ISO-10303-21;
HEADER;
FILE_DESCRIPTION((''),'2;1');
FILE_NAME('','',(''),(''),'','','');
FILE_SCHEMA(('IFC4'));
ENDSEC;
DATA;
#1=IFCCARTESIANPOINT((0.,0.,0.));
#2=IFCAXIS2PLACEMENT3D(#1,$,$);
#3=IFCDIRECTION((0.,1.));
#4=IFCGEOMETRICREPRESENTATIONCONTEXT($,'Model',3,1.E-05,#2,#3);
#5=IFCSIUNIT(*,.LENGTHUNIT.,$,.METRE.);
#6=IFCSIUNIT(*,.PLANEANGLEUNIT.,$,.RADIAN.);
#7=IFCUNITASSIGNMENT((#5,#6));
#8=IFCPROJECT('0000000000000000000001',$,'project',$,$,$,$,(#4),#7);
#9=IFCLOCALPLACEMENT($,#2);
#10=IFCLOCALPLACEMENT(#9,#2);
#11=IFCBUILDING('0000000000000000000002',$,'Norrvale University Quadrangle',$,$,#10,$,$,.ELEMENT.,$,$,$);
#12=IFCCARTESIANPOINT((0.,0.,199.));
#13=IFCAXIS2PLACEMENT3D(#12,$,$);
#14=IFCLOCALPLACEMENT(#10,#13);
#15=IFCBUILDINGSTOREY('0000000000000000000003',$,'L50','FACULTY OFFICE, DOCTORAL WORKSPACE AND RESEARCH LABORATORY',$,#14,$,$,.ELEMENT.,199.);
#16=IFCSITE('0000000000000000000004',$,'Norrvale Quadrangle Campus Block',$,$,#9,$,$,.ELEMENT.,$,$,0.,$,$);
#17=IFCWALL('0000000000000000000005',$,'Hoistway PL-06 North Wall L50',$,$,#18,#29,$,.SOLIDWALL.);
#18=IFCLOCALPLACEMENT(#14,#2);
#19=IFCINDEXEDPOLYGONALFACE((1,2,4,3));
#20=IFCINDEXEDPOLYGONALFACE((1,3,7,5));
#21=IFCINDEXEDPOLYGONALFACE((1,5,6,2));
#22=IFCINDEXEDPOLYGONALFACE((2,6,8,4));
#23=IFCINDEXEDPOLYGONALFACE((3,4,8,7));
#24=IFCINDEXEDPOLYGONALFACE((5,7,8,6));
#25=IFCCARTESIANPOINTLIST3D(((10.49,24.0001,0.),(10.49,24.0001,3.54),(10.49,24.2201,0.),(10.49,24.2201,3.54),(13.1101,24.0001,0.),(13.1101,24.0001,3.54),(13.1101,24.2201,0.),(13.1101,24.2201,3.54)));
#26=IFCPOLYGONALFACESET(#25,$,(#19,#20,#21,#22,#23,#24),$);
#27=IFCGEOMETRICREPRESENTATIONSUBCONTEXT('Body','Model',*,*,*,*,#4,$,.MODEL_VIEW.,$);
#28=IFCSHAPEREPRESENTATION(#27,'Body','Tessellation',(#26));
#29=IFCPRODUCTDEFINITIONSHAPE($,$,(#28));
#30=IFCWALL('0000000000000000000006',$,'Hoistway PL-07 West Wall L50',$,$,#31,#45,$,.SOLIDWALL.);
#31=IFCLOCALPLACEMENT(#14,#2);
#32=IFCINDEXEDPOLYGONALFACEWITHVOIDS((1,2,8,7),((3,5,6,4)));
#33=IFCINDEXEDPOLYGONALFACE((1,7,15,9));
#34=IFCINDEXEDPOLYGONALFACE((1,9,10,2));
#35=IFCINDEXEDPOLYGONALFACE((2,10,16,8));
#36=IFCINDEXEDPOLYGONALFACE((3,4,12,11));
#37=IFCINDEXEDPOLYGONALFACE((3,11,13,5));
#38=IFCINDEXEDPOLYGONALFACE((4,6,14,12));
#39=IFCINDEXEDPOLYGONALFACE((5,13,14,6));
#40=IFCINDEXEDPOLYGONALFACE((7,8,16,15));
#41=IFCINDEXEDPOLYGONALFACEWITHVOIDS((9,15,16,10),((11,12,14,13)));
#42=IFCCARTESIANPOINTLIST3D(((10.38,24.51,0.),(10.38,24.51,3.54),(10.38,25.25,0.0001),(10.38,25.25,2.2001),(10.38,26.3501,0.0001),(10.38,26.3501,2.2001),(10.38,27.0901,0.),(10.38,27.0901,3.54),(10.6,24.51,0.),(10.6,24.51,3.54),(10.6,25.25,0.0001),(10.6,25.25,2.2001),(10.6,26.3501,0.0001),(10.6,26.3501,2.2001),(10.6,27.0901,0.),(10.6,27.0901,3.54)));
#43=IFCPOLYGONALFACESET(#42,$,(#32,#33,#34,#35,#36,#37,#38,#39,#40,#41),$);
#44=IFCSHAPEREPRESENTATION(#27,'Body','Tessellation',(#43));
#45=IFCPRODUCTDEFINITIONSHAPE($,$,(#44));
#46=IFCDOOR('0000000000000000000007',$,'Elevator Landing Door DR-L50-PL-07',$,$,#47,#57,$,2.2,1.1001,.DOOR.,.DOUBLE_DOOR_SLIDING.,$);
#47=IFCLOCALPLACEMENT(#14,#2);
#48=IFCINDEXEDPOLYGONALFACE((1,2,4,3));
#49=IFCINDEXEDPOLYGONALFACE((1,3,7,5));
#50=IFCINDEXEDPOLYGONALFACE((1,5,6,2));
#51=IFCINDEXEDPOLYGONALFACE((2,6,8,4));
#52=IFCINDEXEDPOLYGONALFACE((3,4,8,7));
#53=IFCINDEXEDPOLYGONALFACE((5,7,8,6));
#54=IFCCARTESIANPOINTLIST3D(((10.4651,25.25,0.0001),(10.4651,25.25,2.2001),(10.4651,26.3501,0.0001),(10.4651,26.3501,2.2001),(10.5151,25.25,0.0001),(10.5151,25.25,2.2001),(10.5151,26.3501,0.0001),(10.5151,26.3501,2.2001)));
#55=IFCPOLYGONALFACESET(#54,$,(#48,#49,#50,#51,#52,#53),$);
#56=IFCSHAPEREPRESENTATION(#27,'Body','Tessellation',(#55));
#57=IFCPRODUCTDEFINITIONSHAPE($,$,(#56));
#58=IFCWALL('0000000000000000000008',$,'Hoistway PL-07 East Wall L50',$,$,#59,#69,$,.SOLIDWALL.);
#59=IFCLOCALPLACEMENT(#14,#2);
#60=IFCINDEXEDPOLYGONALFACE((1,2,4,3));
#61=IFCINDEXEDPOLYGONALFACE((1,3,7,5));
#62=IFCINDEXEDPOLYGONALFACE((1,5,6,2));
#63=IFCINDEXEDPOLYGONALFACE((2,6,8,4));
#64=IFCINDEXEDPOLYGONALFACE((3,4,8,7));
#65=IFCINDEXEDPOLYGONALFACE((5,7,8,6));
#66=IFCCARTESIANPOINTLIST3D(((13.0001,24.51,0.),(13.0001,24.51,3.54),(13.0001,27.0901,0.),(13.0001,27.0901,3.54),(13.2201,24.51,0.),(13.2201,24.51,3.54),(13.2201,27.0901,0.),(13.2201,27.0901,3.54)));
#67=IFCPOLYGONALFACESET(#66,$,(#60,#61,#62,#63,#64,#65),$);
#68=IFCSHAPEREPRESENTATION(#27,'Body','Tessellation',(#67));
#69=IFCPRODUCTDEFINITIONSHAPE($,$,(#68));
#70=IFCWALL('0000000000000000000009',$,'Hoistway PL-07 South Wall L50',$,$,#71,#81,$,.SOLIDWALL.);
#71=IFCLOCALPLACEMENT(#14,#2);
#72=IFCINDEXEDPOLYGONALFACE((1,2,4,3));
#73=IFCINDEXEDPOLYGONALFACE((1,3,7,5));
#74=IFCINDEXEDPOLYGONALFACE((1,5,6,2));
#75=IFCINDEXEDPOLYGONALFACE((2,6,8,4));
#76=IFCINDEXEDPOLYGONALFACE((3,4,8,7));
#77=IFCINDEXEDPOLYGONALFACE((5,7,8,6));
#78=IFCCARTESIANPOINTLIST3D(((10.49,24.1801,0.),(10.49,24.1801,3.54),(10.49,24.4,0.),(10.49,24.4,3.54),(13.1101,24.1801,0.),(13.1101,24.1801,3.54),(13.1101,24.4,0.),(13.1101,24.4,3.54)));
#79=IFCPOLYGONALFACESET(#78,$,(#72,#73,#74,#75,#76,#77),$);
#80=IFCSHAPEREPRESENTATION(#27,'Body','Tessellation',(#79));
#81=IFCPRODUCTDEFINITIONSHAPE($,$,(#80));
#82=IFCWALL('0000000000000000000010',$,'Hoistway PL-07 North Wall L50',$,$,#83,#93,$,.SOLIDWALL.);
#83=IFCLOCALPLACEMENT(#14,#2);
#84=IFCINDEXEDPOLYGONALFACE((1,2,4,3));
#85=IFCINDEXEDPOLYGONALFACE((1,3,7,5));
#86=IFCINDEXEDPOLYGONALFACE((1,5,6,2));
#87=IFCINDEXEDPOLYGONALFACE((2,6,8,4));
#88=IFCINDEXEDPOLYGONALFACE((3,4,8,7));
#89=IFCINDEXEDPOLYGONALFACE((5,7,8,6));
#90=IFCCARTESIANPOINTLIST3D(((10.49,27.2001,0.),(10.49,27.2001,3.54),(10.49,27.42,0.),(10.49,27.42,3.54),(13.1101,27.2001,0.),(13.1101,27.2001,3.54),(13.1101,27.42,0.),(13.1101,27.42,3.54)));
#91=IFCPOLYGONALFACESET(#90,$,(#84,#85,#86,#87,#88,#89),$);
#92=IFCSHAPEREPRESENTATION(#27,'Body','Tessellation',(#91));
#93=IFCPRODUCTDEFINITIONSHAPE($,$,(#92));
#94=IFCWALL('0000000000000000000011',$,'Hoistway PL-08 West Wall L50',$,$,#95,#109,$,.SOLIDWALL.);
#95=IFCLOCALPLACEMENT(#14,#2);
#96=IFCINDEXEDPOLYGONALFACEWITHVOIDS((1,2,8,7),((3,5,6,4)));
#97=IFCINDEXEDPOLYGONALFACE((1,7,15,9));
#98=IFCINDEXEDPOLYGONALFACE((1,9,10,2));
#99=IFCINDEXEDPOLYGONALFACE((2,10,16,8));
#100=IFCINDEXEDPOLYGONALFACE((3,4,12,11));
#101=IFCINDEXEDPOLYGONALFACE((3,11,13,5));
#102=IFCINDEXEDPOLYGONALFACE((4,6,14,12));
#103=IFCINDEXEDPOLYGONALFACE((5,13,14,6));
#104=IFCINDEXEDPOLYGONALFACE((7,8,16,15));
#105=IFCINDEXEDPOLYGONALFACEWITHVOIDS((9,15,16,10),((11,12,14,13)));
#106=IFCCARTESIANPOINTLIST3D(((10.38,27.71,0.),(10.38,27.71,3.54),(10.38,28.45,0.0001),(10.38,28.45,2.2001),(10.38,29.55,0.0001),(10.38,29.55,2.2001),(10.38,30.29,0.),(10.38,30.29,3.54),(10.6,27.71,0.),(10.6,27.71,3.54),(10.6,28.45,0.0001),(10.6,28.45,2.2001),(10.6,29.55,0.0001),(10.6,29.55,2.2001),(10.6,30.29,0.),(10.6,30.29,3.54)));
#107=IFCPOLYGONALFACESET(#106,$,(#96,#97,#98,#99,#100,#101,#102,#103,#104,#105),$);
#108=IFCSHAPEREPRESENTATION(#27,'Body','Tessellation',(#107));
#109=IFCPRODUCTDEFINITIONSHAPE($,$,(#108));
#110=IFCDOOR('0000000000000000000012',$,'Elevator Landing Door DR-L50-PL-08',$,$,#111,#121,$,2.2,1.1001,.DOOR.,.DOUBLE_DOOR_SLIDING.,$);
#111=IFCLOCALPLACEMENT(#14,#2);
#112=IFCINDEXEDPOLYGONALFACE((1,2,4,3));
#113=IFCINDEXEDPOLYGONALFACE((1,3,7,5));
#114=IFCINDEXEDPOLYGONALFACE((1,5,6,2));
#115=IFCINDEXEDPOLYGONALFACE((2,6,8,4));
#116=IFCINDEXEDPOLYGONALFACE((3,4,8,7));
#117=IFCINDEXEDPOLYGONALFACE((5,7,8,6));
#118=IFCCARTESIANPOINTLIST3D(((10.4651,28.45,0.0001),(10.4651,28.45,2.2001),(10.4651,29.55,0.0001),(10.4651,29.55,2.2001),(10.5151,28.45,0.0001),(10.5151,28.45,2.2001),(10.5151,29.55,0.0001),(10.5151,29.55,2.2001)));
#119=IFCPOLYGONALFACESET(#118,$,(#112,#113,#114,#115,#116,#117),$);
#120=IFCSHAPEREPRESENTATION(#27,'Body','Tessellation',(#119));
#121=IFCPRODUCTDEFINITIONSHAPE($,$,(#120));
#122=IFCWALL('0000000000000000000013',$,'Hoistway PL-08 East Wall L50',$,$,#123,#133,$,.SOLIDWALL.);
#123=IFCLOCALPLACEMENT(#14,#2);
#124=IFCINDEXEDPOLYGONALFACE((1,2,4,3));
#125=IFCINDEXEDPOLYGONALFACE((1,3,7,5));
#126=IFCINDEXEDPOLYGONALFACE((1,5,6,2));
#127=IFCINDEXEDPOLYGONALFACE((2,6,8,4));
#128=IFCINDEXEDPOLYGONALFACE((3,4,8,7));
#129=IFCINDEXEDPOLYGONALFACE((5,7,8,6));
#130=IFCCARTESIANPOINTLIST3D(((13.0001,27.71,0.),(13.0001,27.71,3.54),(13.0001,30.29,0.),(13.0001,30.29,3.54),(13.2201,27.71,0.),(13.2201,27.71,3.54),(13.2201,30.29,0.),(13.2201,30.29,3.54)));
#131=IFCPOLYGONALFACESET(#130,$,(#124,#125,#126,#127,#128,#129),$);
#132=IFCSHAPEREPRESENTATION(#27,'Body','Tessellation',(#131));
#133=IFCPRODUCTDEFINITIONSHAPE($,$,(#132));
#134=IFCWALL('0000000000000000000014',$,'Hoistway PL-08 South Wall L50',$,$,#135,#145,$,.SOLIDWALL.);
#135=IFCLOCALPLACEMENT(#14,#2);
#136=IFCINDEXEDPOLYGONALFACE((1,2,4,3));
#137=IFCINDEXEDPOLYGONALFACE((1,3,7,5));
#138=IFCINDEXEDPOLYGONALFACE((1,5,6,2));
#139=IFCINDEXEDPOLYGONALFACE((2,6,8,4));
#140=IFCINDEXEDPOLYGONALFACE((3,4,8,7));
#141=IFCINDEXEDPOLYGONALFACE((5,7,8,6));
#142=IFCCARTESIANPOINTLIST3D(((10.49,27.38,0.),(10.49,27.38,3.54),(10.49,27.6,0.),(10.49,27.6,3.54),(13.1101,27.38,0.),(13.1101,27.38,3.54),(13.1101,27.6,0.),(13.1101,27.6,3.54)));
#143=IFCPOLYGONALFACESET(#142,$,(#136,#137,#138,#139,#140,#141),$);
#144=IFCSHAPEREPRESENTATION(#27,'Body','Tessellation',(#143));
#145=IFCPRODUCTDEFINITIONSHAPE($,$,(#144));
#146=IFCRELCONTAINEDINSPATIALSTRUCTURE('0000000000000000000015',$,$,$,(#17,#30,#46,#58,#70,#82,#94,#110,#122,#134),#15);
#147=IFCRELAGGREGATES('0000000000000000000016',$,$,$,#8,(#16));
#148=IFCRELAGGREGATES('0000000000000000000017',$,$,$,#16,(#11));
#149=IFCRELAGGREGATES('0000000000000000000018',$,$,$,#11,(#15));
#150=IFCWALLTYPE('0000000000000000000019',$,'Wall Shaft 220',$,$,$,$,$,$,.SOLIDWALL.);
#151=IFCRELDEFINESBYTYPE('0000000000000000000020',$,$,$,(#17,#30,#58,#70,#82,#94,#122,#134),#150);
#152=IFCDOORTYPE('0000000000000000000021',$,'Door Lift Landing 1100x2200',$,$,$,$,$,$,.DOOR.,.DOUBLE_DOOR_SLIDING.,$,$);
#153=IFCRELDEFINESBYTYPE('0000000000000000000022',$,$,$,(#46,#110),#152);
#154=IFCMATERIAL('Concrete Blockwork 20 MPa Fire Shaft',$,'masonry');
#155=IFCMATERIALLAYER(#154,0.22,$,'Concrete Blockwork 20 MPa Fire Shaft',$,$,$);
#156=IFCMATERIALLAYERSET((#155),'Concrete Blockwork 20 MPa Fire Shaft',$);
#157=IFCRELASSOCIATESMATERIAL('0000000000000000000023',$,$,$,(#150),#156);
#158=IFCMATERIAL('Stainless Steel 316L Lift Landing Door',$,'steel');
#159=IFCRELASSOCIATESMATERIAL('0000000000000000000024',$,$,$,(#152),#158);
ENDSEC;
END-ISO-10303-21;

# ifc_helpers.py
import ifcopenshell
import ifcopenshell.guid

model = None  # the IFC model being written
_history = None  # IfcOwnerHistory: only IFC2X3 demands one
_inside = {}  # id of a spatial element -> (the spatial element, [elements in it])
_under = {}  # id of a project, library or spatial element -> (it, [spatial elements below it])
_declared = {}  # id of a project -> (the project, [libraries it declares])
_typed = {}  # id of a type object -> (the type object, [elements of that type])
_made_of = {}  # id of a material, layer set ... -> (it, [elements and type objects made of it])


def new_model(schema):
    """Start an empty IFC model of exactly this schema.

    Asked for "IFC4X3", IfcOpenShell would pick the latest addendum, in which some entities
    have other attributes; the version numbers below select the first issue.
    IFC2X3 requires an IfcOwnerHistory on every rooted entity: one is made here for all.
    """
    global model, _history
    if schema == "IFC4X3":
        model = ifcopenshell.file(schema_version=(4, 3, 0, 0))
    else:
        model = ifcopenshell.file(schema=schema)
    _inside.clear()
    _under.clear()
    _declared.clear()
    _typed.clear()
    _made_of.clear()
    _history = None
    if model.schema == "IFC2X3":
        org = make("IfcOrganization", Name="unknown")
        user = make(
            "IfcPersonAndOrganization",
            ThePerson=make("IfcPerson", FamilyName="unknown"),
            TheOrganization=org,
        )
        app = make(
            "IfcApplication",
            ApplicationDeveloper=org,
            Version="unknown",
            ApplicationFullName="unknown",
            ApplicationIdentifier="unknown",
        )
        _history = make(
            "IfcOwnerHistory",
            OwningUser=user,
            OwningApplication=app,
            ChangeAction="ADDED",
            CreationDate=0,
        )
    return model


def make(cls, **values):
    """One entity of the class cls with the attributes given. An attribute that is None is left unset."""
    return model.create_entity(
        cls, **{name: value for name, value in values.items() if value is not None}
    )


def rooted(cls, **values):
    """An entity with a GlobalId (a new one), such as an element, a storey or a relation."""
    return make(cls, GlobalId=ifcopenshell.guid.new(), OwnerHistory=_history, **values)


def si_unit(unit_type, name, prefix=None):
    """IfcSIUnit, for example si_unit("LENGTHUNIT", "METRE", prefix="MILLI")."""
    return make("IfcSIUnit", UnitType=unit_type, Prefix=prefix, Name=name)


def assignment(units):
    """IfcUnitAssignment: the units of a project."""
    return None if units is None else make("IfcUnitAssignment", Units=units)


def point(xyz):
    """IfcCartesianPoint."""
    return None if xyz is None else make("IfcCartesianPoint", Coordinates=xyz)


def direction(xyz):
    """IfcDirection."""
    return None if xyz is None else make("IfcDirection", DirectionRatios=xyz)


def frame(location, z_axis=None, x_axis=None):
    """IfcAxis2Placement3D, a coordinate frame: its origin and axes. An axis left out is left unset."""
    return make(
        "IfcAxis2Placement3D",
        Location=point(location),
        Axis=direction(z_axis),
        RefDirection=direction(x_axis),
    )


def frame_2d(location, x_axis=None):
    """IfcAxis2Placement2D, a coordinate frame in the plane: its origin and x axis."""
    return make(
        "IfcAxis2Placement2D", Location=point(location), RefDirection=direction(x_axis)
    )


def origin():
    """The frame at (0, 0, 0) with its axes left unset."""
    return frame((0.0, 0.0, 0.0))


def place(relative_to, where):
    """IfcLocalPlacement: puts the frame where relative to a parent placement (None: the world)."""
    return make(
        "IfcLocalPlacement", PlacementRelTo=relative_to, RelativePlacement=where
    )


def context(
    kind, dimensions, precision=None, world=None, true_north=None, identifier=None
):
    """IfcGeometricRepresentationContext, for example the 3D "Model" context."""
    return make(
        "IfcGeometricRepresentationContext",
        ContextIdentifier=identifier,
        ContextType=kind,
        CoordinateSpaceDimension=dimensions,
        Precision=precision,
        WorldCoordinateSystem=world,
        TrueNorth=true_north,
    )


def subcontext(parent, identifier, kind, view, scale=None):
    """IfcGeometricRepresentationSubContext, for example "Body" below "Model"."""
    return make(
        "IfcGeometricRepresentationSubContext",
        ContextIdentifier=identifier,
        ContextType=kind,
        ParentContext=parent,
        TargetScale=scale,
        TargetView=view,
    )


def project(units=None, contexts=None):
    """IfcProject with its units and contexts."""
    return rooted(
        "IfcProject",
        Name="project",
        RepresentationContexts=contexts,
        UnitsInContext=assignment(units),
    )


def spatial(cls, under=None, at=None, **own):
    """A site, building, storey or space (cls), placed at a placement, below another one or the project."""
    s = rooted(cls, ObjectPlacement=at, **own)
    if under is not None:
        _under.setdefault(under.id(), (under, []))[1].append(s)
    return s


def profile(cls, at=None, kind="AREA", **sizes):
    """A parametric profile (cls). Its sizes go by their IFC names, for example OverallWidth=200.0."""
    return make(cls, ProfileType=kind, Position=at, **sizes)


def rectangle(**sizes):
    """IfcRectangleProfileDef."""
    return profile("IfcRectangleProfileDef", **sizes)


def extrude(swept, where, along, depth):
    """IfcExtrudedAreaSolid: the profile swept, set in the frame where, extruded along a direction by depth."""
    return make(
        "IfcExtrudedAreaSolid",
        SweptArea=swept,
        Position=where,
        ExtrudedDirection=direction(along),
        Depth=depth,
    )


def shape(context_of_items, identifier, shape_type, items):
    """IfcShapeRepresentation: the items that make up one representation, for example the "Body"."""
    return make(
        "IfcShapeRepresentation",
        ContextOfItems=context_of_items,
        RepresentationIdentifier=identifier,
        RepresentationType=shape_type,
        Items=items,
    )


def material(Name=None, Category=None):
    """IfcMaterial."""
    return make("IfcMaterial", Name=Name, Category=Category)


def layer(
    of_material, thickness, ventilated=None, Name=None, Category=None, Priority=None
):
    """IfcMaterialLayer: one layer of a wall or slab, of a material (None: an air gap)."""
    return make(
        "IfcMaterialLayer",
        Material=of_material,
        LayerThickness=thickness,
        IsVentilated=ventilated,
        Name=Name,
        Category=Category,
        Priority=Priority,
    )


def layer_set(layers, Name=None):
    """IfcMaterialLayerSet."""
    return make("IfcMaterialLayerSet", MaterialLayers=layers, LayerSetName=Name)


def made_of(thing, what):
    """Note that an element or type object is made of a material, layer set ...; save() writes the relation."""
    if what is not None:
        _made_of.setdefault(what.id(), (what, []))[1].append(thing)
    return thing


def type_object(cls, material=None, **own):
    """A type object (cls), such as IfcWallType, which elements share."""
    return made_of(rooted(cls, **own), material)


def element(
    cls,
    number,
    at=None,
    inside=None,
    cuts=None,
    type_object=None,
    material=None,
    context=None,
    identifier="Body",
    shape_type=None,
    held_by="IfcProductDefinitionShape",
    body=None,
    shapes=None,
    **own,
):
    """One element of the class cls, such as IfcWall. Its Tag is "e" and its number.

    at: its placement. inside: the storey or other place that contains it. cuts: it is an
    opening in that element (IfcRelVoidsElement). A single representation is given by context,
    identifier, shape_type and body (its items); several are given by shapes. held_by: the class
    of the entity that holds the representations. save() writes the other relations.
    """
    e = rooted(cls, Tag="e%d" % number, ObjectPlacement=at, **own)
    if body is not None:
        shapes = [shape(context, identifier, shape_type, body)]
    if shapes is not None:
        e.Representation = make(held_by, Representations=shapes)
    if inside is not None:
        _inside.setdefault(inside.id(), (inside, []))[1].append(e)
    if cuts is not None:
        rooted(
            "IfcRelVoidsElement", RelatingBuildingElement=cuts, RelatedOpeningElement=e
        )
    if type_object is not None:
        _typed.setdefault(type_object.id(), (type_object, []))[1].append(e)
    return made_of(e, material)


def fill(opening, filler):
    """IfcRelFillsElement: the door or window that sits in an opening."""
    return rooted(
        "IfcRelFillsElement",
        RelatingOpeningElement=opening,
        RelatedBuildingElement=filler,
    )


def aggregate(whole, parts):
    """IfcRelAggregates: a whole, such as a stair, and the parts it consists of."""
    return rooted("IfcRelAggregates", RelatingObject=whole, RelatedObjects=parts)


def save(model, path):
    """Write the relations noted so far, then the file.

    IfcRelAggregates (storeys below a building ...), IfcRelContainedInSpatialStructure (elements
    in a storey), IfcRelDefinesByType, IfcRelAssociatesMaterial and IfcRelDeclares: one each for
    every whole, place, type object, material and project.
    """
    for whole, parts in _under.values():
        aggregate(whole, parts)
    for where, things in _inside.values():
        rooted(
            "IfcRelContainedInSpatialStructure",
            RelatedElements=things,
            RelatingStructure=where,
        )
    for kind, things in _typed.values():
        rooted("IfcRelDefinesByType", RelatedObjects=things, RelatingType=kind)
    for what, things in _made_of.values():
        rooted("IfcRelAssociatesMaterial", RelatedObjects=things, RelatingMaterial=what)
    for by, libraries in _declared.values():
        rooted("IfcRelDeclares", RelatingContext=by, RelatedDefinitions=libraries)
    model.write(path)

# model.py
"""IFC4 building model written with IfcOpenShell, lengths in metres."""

from ifc_helpers import new_model, si_unit, direction, frame, frame_2d, origin, place, context, subcontext, project, spatial, rectangle, extrude, material, layer, layer_set, type_object, element, fill, save


model = new_model("IFC4")

# Units and contexts
model_context = context("Model", 3, precision=1e-05, world=origin(), true_north=direction((0.0, 1.0)))
body_context = subcontext(model_context, "Body", "Model", "MODEL_VIEW")
ifc_project = project(units=[si_unit("LENGTHUNIT", "METRE"), si_unit("PLANEANGLEUNIT", "RADIAN")], contexts=[model_context])

# Site, building, storey
site_placement = place(None, origin())
site = spatial("IfcSite", under=ifc_project, at=site_placement, Name="Norrvale Quadrangle Campus Block", CompositionType="ELEMENT", RefElevation=0.0)
building_placement = place(site_placement, origin())
building = spatial("IfcBuilding", under=site, at=building_placement, Name="Norrvale University Quadrangle", CompositionType="ELEMENT")
storey_placement = place(building_placement, frame((0.0, 0.0, 199.0)))
storey = spatial("IfcBuildingStorey", under=building, at=storey_placement, Name="L50", Description="FACULTY OFFICE, DOCTORAL WORKSPACE AND RESEARCH LABORATORY", CompositionType="ELEMENT", Elevation=199.0)

# Shared definitions
ifc_material_1 = material(Name="Concrete Blockwork 20 MPa Fire Shaft", Category="masonry")
ifc_layer_1 = layer(ifc_material_1, 0.22, Name="Concrete Blockwork 20 MPa Fire Shaft")
ifc_layer_set_1 = layer_set([ifc_layer_1], Name="Concrete Blockwork 20 MPa Fire Shaft")
wall_type_1 = type_object("IfcWallType", Name="Wall Shaft 220", PredefinedType="SOLIDWALL", material=ifc_layer_set_1)

# Shared definitions
ifc_material_2 = material(Name="Stainless Steel 316L Lift Landing Door", Category="steel")
door_type_1 = type_object("IfcDoorType", Name="Door Lift Landing 1100x2200", OperationType="DOUBLE_DOOR_SLIDING", PredefinedType="DOOR", material=ifc_material_2)

# Wall
for number, where, z_axis, x_axis, name in (
    (1, (10.49, 24.1101, 0.0), (0.0, 0.0, 1.0), (1.0, 0.0, 0.0), "Hoistway PL-06 North Wall L50"),
):
    element("IfcWall", number, at=place(storey_placement, frame(where, z_axis=z_axis, x_axis=x_axis)), inside=storey, type_object=wall_type_1, Name=name, PredefinedType="SOLIDWALL", context=body_context, shape_type="SweptSolid", body=[
        extrude(rectangle(XDim=2.6201, YDim=0.22, at=frame_2d((1.3101, 0.0))), origin(), (0.0, 0.0, 1.0), 3.54),
    ])

# Wall, opening, door
wall_1_placement = place(storey_placement, frame((10.49, 24.51, 0.0), z_axis=(0.0, 0.0, 1.0), x_axis=(0.0, 1.0, 0.0)))
wall_1 = element("IfcWall", 2, at=wall_1_placement, inside=storey, type_object=wall_type_1, Name="Hoistway PL-07 West Wall L50", PredefinedType="SOLIDWALL", context=body_context, shape_type="SweptSolid", body=[
    extrude(rectangle(XDim=2.5801, YDim=0.22, at=frame_2d((1.29, 0.0))), origin(), (0.0, 0.0, 1.0), 3.54),
])
opening_1_placement = place(wall_1_placement, frame((0.74, 0.0, 0.0)))
opening_1 = element("IfcOpeningElement", 3, at=opening_1_placement, cuts=wall_1, PredefinedType="OPENING", context=body_context, shape_type="SweptSolid", body=[
    extrude(rectangle(XDim=1.1001, YDim=2.2, at=frame_2d((0.55, 1.1001))), frame((0.0, 0.1221, 0.0), z_axis=(0.0, -1.0, 0.0), x_axis=(1.0, 0.0, 0.0)), (0.0, 0.0, 1.0), 0.2439),
])
door_1_placement = place(opening_1_placement, origin())
door_1 = element("IfcDoor", 4, at=door_1_placement, inside=storey, type_object=door_type_1, Name="Elevator Landing Door DR-L50-PL-07", OperationType="DOUBLE_DOOR_SLIDING", OverallHeight=2.2, OverallWidth=1.1001, PredefinedType="DOOR", context=body_context, shape_type="SweptSolid", body=[
    extrude(rectangle(XDim=1.1001, YDim=2.2, at=frame_2d((0.55, 1.1001))), frame((0.0, 0.0249, 0.0), z_axis=(0.0, -1.0, 0.0), x_axis=(1.0, 0.0, 0.0)), (0.0, 0.0, 1.0), 0.05),
])
fill(opening_1, door_1)

# Walls
wall_2_placement = place(storey_placement, frame((13.1101, 24.51, 0.0), z_axis=(0.0, 0.0, 1.0), x_axis=(0.0, 1.0, 0.0)))
element("IfcWall", 5, at=wall_2_placement, inside=storey, type_object=wall_type_1, Name="Hoistway PL-07 East Wall L50", PredefinedType="SOLIDWALL", context=body_context, shape_type="SweptSolid", body=[
    extrude(rectangle(XDim=2.5801, YDim=0.22, at=frame_2d((1.29, 0.0))), origin(), (0.0, 0.0, 1.0), 3.54),
])
for number, where, z_axis, x_axis, name in (
    (6, (10.49, 24.29, 0.0), (0.0, 0.0, 1.0), (1.0, 0.0, 0.0), "Hoistway PL-07 South Wall L50"),
    (7, (10.49, 27.3101, 0.0), (0.0, 0.0, 1.0), (1.0, 0.0, 0.0), "Hoistway PL-07 North Wall L50"),
):
    element("IfcWall", number, at=place(storey_placement, frame(where, z_axis=z_axis, x_axis=x_axis)), inside=storey, type_object=wall_type_1, Name=name, PredefinedType="SOLIDWALL", context=body_context, shape_type="SweptSolid", body=[
        extrude(rectangle(XDim=2.6201, YDim=0.22, at=frame_2d((1.3101, 0.0))), origin(), (0.0, 0.0, 1.0), 3.54),
    ])

# Wall, opening, door
wall_3_placement = place(storey_placement, frame((10.49, 27.71, 0.0), z_axis=(0.0, 0.0, 1.0), x_axis=(0.0, 1.0, 0.0)))
wall_3 = element("IfcWall", 8, at=wall_3_placement, inside=storey, type_object=wall_type_1, Name="Hoistway PL-08 West Wall L50", PredefinedType="SOLIDWALL", context=body_context, shape_type="SweptSolid", body=[
    extrude(rectangle(XDim=2.5801, YDim=0.22, at=frame_2d((1.29, 0.0))), origin(), (0.0, 0.0, 1.0), 3.54),
])
opening_2_placement = place(wall_3_placement, frame((0.74, 0.0, 0.0)))
opening_2 = element("IfcOpeningElement", 9, at=opening_2_placement, cuts=wall_3, PredefinedType="OPENING", context=body_context, shape_type="SweptSolid", body=[
    extrude(rectangle(XDim=1.1001, YDim=2.2, at=frame_2d((0.55, 1.1001))), frame((0.0, 0.1221, 0.0), z_axis=(0.0, -1.0, 0.0), x_axis=(1.0, 0.0, 0.0)), (0.0, 0.0, 1.0), 0.2439),
])
door_2_placement = place(opening_2_placement, origin())
door_2 = element("IfcDoor", 10, at=door_2_placement, inside=storey, type_object=door_type_1, Name="Elevator Landing Door DR-L50-PL-08", OperationType="DOUBLE_DOOR_SLIDING", OverallHeight=2.2, OverallWidth=1.1001, PredefinedType="DOOR", context=body_context, shape_type="SweptSolid", body=[
    extrude(rectangle(XDim=1.1001, YDim=2.2, at=frame_2d((0.55, 1.1001))), frame((0.0, 0.0249, 0.0), z_axis=(0.0, -1.0, 0.0), x_axis=(1.0, 0.0, 0.0)), (0.0, 0.0, 1.0), 0.05),
])
fill(opening_2, door_2)

# Walls
wall_4_placement = place(storey_placement, frame((13.1101, 27.71, 0.0), z_axis=(0.0, 0.0, 1.0), x_axis=(0.0, 1.0, 0.0)))
element("IfcWall", 11, at=wall_4_placement, inside=storey, type_object=wall_type_1, Name="Hoistway PL-08 East Wall L50", PredefinedType="SOLIDWALL", context=body_context, shape_type="SweptSolid", body=[
    extrude(rectangle(XDim=2.5801, YDim=0.22, at=frame_2d((1.29, 0.0))), origin(), (0.0, 0.0, 1.0), 3.54),
])
wall_5_placement = place(storey_placement, frame((10.49, 27.49, 0.0), z_axis=(0.0, 0.0, 1.0), x_axis=(1.0, 0.0, 0.0)))
element("IfcWall", 12, at=wall_5_placement, inside=storey, type_object=wall_type_1, Name="Hoistway PL-08 South Wall L50", PredefinedType="SOLIDWALL", context=body_context, shape_type="SweptSolid", body=[
    extrude(rectangle(XDim=2.6201, YDim=0.22, at=frame_2d((1.3101, 0.0))), origin(), (0.0, 0.0, 1.0), 3.54),
])

save(model, "model.ifc")
